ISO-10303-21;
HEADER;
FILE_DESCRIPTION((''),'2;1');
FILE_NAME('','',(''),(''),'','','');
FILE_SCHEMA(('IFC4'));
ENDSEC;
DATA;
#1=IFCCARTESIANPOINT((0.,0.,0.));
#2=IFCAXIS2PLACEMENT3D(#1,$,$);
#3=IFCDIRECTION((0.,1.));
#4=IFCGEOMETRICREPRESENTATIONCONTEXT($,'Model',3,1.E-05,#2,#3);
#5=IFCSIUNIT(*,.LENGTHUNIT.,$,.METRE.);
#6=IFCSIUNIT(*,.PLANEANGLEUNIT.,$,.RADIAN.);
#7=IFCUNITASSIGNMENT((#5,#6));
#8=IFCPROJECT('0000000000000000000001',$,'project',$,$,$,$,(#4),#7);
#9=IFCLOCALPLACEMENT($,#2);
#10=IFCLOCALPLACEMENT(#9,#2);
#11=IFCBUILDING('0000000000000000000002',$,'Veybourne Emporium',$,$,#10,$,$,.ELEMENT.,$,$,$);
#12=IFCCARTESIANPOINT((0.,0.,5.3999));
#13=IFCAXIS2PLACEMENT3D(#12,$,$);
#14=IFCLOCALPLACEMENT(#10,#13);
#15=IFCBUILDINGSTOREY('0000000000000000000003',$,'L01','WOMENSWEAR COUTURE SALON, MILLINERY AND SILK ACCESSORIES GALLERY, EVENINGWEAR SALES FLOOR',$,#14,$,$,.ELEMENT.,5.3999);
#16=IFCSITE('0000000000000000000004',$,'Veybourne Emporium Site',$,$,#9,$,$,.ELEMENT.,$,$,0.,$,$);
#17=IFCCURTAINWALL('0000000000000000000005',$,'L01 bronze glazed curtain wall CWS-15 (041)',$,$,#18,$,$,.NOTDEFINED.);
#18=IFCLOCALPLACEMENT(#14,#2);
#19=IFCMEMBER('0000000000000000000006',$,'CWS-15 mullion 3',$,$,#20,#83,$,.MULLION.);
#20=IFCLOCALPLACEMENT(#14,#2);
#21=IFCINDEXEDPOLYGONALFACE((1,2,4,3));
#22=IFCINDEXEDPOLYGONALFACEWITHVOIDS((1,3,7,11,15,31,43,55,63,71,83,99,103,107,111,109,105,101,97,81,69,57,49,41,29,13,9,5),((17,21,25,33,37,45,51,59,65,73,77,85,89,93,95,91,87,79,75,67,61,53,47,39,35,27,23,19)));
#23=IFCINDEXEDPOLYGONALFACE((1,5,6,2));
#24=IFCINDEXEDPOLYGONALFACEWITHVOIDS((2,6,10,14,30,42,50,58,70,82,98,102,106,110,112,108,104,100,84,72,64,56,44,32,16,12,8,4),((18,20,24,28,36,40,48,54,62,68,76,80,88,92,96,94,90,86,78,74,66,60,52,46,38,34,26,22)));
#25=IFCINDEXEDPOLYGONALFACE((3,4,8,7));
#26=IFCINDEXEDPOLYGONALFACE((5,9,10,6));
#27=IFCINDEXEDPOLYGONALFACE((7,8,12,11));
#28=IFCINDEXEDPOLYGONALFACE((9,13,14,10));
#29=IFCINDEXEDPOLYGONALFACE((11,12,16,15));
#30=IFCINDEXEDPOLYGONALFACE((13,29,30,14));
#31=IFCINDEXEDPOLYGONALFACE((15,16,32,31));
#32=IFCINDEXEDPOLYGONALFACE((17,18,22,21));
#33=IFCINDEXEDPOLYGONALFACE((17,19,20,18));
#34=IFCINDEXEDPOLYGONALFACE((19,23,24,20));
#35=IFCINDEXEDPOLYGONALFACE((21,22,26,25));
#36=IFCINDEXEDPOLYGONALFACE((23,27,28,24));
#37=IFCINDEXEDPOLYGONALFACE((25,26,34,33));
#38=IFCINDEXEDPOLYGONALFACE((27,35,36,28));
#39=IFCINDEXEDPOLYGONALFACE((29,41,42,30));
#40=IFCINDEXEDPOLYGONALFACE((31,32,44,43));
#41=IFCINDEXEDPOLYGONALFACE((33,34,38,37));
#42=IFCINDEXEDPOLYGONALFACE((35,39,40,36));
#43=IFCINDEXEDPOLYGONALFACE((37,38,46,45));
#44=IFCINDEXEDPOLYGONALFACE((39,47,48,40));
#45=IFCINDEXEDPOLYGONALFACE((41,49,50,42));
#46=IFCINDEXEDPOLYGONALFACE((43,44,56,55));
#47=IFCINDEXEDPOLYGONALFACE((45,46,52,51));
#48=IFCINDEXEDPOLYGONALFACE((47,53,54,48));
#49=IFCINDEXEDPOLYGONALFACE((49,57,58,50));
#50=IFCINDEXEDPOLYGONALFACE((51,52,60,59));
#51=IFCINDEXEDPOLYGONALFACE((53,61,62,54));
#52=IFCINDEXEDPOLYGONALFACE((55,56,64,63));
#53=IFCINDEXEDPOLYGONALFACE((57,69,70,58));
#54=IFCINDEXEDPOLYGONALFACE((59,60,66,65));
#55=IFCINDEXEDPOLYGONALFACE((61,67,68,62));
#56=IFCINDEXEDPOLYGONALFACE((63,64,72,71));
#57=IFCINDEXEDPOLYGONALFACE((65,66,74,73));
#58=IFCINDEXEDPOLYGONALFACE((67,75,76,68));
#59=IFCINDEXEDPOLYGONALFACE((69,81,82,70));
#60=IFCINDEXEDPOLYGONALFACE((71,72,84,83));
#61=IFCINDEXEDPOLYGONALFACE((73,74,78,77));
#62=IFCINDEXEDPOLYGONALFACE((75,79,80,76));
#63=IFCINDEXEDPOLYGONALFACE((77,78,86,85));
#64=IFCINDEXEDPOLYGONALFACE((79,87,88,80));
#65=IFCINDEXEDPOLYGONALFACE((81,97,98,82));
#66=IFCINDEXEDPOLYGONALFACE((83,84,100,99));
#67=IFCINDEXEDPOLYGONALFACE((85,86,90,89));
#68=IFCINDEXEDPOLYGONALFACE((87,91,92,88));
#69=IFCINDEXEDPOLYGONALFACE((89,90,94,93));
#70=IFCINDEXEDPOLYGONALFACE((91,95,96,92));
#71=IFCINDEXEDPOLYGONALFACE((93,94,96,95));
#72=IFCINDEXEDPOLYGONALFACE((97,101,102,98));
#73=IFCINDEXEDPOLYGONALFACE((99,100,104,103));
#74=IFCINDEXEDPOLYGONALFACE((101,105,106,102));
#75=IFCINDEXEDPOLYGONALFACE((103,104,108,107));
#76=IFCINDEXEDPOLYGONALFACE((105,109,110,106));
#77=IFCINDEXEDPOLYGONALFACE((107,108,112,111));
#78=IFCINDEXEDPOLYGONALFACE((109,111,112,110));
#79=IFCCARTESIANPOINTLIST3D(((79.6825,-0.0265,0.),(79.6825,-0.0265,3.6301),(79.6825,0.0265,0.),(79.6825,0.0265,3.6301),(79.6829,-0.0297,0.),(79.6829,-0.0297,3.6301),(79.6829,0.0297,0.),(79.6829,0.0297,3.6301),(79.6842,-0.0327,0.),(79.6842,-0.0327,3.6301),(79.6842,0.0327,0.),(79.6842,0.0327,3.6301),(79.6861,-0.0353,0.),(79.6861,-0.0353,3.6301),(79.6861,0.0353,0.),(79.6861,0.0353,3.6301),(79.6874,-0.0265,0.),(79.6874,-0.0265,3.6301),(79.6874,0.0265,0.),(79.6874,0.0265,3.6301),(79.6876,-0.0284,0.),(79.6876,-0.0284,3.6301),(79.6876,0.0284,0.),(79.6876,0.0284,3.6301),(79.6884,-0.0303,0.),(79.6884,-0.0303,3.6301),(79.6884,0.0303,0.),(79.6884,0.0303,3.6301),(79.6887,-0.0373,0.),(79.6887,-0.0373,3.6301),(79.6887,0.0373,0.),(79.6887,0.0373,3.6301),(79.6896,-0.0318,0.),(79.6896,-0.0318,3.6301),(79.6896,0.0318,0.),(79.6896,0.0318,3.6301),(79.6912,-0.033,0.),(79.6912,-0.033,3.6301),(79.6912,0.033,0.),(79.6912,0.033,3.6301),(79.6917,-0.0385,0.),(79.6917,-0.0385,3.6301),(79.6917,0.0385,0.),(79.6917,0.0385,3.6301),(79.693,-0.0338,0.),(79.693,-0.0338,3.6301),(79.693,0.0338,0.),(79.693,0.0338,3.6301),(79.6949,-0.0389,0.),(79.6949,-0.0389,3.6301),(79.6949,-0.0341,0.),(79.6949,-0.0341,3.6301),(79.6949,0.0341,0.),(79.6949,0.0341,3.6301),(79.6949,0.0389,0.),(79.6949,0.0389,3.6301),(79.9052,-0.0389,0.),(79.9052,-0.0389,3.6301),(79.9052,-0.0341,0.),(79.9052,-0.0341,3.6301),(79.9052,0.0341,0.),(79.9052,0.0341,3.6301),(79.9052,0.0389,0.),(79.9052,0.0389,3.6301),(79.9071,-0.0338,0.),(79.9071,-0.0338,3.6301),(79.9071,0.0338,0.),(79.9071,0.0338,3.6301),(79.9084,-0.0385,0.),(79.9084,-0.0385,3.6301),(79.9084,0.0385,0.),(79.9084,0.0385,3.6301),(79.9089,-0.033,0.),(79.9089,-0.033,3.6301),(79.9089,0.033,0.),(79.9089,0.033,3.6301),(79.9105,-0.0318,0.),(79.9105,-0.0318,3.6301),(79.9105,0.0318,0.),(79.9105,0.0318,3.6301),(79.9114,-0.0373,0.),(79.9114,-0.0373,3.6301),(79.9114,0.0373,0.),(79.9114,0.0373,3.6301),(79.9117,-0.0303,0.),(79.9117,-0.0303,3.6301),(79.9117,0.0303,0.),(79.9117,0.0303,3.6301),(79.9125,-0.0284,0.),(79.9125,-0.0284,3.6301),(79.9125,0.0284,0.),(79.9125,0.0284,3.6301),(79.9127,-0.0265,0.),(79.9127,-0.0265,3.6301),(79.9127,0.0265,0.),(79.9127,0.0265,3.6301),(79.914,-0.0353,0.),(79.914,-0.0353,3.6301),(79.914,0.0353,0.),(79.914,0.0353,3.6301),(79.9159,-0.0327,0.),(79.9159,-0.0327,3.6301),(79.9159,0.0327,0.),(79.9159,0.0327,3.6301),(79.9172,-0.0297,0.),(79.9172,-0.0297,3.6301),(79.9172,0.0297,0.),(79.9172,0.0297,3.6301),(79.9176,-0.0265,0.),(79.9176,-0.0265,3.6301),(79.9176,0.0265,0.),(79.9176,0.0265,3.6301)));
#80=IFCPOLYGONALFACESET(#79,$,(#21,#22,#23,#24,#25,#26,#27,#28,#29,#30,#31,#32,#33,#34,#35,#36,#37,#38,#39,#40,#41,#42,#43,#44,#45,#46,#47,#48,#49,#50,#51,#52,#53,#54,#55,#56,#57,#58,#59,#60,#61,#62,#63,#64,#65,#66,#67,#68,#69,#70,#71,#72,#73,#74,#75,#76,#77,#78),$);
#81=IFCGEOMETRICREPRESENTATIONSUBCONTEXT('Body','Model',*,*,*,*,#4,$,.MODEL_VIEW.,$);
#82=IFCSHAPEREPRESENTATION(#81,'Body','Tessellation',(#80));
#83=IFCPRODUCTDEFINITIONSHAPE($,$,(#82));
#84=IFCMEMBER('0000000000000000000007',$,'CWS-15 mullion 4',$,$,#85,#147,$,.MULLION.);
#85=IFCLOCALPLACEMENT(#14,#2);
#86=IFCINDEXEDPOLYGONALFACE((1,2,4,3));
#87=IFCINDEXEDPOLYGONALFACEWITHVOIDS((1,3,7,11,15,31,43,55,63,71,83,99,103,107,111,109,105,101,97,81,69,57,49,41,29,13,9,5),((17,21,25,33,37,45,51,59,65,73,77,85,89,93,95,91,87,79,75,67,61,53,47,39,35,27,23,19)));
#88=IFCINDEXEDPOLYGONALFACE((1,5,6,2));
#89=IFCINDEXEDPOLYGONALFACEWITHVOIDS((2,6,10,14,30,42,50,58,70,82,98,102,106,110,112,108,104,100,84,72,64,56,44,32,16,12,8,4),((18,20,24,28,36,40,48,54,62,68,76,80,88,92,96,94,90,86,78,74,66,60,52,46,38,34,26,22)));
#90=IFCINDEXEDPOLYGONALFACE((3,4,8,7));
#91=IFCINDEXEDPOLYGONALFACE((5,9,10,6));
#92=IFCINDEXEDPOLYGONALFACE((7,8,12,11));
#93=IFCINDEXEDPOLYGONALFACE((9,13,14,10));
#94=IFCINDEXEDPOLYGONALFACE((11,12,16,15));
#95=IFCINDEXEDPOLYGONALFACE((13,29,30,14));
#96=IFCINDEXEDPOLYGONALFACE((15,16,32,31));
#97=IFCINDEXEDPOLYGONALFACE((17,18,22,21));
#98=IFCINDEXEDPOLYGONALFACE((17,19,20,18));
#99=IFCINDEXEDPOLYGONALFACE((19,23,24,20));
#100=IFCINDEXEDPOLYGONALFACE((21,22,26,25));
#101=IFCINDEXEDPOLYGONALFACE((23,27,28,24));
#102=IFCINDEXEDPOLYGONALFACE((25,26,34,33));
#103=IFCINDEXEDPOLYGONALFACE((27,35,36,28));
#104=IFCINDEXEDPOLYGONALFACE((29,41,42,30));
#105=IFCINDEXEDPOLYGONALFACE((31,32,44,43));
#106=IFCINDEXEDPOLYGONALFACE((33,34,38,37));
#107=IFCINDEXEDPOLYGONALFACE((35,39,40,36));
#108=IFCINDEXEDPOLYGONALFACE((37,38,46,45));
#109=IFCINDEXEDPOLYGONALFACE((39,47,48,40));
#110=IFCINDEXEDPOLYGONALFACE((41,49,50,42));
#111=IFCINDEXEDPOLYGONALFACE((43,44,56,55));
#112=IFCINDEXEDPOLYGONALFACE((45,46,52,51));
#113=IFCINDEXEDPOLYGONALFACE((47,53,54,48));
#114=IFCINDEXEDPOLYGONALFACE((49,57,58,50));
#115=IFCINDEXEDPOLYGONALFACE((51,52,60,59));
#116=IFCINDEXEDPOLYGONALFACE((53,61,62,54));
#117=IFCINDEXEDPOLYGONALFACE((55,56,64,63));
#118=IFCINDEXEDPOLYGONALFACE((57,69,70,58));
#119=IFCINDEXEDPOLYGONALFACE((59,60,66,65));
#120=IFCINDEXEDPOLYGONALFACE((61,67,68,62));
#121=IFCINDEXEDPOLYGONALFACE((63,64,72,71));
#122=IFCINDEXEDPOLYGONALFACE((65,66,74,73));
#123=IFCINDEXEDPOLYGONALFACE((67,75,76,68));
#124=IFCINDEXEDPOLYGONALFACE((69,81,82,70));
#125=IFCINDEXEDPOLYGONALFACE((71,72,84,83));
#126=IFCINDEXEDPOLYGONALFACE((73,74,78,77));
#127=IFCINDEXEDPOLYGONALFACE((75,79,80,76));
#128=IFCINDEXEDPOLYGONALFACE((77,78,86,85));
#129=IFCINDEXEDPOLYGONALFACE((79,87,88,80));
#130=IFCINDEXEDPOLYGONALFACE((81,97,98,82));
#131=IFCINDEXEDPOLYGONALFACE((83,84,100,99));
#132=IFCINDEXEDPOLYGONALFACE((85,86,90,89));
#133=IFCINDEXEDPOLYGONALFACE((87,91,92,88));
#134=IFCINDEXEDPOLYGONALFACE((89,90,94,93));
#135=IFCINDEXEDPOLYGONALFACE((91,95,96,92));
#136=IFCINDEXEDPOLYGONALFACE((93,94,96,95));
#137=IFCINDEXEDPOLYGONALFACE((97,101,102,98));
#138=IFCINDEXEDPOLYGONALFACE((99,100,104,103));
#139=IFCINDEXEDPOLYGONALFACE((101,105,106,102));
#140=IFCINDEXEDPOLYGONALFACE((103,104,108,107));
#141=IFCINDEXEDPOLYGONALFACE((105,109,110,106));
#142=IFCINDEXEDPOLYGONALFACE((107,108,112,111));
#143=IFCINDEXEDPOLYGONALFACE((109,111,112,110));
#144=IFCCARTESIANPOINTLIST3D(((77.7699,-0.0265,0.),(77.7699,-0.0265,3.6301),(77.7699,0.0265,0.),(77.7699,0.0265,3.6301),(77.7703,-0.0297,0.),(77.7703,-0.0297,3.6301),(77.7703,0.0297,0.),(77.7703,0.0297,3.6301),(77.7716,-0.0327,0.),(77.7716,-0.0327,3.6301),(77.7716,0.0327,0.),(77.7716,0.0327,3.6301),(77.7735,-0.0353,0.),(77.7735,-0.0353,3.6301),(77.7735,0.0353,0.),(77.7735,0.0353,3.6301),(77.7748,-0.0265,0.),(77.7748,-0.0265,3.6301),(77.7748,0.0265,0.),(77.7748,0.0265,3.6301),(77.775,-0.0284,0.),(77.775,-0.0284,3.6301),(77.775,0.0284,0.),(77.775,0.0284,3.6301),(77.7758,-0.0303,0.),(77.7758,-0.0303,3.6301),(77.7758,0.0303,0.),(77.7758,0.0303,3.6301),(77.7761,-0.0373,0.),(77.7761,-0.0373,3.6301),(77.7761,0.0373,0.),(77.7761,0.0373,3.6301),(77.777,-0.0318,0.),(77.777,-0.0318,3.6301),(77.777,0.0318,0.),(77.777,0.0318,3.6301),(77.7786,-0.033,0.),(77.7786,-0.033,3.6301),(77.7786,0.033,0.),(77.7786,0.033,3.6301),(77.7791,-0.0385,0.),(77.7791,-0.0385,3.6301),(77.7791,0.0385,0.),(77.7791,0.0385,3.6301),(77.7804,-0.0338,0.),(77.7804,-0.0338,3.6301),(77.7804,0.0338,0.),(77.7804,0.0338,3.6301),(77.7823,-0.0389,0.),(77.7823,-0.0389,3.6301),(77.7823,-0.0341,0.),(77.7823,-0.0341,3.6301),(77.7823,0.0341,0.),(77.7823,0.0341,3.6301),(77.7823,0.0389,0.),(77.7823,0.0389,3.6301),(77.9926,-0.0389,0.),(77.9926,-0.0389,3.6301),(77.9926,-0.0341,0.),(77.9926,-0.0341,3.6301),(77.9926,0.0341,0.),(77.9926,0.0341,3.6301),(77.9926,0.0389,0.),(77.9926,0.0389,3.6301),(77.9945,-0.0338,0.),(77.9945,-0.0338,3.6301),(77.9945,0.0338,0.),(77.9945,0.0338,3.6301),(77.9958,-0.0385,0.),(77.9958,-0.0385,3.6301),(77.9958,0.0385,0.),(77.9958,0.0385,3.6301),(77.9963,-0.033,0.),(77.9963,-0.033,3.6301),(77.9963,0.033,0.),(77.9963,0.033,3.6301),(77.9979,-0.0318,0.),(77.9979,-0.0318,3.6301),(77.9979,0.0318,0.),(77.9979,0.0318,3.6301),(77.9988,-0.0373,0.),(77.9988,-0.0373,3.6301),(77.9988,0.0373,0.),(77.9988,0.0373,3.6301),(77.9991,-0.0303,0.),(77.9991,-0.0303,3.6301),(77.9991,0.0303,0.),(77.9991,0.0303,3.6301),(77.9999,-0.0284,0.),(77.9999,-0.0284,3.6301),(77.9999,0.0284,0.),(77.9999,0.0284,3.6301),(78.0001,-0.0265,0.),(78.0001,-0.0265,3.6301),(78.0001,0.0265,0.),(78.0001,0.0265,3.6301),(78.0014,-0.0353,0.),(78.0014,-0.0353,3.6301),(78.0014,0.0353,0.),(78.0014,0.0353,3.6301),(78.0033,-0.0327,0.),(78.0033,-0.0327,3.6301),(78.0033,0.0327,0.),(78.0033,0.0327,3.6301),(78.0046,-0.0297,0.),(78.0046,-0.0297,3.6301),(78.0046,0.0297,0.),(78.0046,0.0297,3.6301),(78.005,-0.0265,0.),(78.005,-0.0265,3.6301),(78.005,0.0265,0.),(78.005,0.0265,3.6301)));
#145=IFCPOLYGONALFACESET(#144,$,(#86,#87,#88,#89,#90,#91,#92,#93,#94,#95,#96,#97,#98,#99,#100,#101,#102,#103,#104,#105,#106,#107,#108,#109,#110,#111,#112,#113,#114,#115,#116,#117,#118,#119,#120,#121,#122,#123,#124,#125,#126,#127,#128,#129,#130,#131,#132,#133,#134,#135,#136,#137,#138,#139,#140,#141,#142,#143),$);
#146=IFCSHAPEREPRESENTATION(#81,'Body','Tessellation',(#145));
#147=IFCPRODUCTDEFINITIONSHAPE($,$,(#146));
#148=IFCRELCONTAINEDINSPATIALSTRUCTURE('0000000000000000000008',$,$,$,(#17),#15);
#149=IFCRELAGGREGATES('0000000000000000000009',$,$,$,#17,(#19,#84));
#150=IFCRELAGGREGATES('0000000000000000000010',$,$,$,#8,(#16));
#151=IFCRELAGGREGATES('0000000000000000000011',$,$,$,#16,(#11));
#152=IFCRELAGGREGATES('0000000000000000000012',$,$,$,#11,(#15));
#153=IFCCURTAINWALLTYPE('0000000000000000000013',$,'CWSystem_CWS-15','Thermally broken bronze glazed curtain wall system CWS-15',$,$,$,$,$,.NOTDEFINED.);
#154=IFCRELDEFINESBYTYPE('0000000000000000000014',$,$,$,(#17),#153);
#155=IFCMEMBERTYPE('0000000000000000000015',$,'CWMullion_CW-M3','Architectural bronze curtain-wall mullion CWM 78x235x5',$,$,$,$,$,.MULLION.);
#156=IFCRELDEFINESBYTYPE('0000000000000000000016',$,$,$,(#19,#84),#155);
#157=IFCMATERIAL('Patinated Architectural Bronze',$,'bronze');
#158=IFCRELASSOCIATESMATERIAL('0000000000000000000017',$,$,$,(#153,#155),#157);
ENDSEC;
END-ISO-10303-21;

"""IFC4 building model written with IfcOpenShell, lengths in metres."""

from ifc_helpers import new_model, si_unit, direction, frame, origin, origin_2d, place, context, subcontext, project, spatial, hollow_rectangle, extrude, material, material_profile, profile_set, type_object, element, aggregate, save


model = new_model("IFC4")

# Units and contexts
model_context = context("Model", 3, precision=1e-05, world=origin(), true_north=direction((0.0, 1.0)))
body_context = subcontext(model_context, "Body", "Model", "MODEL_VIEW")
ifc_project = project(units=[si_unit("LENGTHUNIT", "METRE"), si_unit("PLANEANGLEUNIT", "RADIAN")], contexts=[model_context])

# Site, building, storey
site_placement = place(None, origin())
site = spatial("IfcSite", under=ifc_project, at=site_placement, Name="Veybourne Emporium Site", CompositionType="ELEMENT", RefElevation=0.0)
building_placement = place(site_placement, origin())
building = spatial("IfcBuilding", under=site, at=building_placement, Name="Veybourne Emporium", CompositionType="ELEMENT")
storey_placement = place(building_placement, frame((0.0, 0.0, 5.3999)))
storey = spatial("IfcBuildingStorey", under=building, at=storey_placement, Name="L01", Description="WOMENSWEAR COUTURE SALON, MILLINERY AND SILK ACCESSORIES GALLERY, EVENINGWEAR SALES FLOOR", CompositionType="ELEMENT", Elevation=5.3999)

# Curtain wall, members
ifc_material_1 = material(Name="Patinated Architectural Bronze", Category="bronze")
curtain_wall_type = type_object("IfcCurtainWallType", Name="CWSystem_CWS-15", Description="Thermally broken bronze glazed curtain wall system CWS-15", PredefinedType="NOTDEFINED", material=ifc_material_1)
curtain_wall_placement = place(storey_placement, origin())
curtain_wall = element("IfcCurtainWall", 1, at=curtain_wall_placement, inside=storey, type_object=curtain_wall_type, Name="L01 bronze glazed curtain wall CWS-15 (041)", PredefinedType="NOTDEFINED")
ifc_material_profile_1 = material_profile(ifc_material_1, hollow_rectangle(XDim=0.0779, YDim=0.2351, WallThickness=0.0049, InnerFilletRadius=0.0076, OuterFilletRadius=0.0125, at=origin_2d()), Name="CWM 78x235x5")
ifc_profile_set_1 = profile_set([ifc_material_profile_1], Name="Patinated Architectural Bronze")
member_type_1 = type_object("IfcMemberType", Name="CWMullion_CW-M3", Description="Architectural bronze curtain-wall mullion CWM 78x235x5", PredefinedType="MULLION", material=ifc_profile_set_1)
member_1_placement = place(storey_placement, frame((79.8, 0.0, 0.0), z_axis=(0.0, 0.0, 1.0), x_axis=(0.0, -1.0, 0.0)))
member_1 = element("IfcMember", 2, at=member_1_placement, type_object=member_type_1, Name="CWS-15 mullion 3", PredefinedType="MULLION", context=body_context, shape_type="SweptSolid", body=[
    extrude(hollow_rectangle(XDim=0.0779, YDim=0.2351, WallThickness=0.0049, InnerFilletRadius=0.0076, OuterFilletRadius=0.0125, at=origin_2d()), origin(), (0.0, 0.0, 1.0), 3.6301),
])
member_2_placement = place(storey_placement, frame((77.8875, 0.0, 0.0), z_axis=(0.0, 0.0, 1.0), x_axis=(0.0, -1.0, 0.0)))
member_2 = element("IfcMember", 3, at=member_2_placement, type_object=member_type_1, Name="CWS-15 mullion 4", PredefinedType="MULLION", context=body_context, shape_type="SweptSolid", body=[
    extrude(hollow_rectangle(XDim=0.0779, YDim=0.2351, WallThickness=0.0049, InnerFilletRadius=0.0076, OuterFilletRadius=0.0125, at=origin_2d()), origin(), (0.0, 0.0, 1.0), 3.6301),
])

aggregate(curtain_wall, [member_1, member_2])

save(model, "model.ifc")
